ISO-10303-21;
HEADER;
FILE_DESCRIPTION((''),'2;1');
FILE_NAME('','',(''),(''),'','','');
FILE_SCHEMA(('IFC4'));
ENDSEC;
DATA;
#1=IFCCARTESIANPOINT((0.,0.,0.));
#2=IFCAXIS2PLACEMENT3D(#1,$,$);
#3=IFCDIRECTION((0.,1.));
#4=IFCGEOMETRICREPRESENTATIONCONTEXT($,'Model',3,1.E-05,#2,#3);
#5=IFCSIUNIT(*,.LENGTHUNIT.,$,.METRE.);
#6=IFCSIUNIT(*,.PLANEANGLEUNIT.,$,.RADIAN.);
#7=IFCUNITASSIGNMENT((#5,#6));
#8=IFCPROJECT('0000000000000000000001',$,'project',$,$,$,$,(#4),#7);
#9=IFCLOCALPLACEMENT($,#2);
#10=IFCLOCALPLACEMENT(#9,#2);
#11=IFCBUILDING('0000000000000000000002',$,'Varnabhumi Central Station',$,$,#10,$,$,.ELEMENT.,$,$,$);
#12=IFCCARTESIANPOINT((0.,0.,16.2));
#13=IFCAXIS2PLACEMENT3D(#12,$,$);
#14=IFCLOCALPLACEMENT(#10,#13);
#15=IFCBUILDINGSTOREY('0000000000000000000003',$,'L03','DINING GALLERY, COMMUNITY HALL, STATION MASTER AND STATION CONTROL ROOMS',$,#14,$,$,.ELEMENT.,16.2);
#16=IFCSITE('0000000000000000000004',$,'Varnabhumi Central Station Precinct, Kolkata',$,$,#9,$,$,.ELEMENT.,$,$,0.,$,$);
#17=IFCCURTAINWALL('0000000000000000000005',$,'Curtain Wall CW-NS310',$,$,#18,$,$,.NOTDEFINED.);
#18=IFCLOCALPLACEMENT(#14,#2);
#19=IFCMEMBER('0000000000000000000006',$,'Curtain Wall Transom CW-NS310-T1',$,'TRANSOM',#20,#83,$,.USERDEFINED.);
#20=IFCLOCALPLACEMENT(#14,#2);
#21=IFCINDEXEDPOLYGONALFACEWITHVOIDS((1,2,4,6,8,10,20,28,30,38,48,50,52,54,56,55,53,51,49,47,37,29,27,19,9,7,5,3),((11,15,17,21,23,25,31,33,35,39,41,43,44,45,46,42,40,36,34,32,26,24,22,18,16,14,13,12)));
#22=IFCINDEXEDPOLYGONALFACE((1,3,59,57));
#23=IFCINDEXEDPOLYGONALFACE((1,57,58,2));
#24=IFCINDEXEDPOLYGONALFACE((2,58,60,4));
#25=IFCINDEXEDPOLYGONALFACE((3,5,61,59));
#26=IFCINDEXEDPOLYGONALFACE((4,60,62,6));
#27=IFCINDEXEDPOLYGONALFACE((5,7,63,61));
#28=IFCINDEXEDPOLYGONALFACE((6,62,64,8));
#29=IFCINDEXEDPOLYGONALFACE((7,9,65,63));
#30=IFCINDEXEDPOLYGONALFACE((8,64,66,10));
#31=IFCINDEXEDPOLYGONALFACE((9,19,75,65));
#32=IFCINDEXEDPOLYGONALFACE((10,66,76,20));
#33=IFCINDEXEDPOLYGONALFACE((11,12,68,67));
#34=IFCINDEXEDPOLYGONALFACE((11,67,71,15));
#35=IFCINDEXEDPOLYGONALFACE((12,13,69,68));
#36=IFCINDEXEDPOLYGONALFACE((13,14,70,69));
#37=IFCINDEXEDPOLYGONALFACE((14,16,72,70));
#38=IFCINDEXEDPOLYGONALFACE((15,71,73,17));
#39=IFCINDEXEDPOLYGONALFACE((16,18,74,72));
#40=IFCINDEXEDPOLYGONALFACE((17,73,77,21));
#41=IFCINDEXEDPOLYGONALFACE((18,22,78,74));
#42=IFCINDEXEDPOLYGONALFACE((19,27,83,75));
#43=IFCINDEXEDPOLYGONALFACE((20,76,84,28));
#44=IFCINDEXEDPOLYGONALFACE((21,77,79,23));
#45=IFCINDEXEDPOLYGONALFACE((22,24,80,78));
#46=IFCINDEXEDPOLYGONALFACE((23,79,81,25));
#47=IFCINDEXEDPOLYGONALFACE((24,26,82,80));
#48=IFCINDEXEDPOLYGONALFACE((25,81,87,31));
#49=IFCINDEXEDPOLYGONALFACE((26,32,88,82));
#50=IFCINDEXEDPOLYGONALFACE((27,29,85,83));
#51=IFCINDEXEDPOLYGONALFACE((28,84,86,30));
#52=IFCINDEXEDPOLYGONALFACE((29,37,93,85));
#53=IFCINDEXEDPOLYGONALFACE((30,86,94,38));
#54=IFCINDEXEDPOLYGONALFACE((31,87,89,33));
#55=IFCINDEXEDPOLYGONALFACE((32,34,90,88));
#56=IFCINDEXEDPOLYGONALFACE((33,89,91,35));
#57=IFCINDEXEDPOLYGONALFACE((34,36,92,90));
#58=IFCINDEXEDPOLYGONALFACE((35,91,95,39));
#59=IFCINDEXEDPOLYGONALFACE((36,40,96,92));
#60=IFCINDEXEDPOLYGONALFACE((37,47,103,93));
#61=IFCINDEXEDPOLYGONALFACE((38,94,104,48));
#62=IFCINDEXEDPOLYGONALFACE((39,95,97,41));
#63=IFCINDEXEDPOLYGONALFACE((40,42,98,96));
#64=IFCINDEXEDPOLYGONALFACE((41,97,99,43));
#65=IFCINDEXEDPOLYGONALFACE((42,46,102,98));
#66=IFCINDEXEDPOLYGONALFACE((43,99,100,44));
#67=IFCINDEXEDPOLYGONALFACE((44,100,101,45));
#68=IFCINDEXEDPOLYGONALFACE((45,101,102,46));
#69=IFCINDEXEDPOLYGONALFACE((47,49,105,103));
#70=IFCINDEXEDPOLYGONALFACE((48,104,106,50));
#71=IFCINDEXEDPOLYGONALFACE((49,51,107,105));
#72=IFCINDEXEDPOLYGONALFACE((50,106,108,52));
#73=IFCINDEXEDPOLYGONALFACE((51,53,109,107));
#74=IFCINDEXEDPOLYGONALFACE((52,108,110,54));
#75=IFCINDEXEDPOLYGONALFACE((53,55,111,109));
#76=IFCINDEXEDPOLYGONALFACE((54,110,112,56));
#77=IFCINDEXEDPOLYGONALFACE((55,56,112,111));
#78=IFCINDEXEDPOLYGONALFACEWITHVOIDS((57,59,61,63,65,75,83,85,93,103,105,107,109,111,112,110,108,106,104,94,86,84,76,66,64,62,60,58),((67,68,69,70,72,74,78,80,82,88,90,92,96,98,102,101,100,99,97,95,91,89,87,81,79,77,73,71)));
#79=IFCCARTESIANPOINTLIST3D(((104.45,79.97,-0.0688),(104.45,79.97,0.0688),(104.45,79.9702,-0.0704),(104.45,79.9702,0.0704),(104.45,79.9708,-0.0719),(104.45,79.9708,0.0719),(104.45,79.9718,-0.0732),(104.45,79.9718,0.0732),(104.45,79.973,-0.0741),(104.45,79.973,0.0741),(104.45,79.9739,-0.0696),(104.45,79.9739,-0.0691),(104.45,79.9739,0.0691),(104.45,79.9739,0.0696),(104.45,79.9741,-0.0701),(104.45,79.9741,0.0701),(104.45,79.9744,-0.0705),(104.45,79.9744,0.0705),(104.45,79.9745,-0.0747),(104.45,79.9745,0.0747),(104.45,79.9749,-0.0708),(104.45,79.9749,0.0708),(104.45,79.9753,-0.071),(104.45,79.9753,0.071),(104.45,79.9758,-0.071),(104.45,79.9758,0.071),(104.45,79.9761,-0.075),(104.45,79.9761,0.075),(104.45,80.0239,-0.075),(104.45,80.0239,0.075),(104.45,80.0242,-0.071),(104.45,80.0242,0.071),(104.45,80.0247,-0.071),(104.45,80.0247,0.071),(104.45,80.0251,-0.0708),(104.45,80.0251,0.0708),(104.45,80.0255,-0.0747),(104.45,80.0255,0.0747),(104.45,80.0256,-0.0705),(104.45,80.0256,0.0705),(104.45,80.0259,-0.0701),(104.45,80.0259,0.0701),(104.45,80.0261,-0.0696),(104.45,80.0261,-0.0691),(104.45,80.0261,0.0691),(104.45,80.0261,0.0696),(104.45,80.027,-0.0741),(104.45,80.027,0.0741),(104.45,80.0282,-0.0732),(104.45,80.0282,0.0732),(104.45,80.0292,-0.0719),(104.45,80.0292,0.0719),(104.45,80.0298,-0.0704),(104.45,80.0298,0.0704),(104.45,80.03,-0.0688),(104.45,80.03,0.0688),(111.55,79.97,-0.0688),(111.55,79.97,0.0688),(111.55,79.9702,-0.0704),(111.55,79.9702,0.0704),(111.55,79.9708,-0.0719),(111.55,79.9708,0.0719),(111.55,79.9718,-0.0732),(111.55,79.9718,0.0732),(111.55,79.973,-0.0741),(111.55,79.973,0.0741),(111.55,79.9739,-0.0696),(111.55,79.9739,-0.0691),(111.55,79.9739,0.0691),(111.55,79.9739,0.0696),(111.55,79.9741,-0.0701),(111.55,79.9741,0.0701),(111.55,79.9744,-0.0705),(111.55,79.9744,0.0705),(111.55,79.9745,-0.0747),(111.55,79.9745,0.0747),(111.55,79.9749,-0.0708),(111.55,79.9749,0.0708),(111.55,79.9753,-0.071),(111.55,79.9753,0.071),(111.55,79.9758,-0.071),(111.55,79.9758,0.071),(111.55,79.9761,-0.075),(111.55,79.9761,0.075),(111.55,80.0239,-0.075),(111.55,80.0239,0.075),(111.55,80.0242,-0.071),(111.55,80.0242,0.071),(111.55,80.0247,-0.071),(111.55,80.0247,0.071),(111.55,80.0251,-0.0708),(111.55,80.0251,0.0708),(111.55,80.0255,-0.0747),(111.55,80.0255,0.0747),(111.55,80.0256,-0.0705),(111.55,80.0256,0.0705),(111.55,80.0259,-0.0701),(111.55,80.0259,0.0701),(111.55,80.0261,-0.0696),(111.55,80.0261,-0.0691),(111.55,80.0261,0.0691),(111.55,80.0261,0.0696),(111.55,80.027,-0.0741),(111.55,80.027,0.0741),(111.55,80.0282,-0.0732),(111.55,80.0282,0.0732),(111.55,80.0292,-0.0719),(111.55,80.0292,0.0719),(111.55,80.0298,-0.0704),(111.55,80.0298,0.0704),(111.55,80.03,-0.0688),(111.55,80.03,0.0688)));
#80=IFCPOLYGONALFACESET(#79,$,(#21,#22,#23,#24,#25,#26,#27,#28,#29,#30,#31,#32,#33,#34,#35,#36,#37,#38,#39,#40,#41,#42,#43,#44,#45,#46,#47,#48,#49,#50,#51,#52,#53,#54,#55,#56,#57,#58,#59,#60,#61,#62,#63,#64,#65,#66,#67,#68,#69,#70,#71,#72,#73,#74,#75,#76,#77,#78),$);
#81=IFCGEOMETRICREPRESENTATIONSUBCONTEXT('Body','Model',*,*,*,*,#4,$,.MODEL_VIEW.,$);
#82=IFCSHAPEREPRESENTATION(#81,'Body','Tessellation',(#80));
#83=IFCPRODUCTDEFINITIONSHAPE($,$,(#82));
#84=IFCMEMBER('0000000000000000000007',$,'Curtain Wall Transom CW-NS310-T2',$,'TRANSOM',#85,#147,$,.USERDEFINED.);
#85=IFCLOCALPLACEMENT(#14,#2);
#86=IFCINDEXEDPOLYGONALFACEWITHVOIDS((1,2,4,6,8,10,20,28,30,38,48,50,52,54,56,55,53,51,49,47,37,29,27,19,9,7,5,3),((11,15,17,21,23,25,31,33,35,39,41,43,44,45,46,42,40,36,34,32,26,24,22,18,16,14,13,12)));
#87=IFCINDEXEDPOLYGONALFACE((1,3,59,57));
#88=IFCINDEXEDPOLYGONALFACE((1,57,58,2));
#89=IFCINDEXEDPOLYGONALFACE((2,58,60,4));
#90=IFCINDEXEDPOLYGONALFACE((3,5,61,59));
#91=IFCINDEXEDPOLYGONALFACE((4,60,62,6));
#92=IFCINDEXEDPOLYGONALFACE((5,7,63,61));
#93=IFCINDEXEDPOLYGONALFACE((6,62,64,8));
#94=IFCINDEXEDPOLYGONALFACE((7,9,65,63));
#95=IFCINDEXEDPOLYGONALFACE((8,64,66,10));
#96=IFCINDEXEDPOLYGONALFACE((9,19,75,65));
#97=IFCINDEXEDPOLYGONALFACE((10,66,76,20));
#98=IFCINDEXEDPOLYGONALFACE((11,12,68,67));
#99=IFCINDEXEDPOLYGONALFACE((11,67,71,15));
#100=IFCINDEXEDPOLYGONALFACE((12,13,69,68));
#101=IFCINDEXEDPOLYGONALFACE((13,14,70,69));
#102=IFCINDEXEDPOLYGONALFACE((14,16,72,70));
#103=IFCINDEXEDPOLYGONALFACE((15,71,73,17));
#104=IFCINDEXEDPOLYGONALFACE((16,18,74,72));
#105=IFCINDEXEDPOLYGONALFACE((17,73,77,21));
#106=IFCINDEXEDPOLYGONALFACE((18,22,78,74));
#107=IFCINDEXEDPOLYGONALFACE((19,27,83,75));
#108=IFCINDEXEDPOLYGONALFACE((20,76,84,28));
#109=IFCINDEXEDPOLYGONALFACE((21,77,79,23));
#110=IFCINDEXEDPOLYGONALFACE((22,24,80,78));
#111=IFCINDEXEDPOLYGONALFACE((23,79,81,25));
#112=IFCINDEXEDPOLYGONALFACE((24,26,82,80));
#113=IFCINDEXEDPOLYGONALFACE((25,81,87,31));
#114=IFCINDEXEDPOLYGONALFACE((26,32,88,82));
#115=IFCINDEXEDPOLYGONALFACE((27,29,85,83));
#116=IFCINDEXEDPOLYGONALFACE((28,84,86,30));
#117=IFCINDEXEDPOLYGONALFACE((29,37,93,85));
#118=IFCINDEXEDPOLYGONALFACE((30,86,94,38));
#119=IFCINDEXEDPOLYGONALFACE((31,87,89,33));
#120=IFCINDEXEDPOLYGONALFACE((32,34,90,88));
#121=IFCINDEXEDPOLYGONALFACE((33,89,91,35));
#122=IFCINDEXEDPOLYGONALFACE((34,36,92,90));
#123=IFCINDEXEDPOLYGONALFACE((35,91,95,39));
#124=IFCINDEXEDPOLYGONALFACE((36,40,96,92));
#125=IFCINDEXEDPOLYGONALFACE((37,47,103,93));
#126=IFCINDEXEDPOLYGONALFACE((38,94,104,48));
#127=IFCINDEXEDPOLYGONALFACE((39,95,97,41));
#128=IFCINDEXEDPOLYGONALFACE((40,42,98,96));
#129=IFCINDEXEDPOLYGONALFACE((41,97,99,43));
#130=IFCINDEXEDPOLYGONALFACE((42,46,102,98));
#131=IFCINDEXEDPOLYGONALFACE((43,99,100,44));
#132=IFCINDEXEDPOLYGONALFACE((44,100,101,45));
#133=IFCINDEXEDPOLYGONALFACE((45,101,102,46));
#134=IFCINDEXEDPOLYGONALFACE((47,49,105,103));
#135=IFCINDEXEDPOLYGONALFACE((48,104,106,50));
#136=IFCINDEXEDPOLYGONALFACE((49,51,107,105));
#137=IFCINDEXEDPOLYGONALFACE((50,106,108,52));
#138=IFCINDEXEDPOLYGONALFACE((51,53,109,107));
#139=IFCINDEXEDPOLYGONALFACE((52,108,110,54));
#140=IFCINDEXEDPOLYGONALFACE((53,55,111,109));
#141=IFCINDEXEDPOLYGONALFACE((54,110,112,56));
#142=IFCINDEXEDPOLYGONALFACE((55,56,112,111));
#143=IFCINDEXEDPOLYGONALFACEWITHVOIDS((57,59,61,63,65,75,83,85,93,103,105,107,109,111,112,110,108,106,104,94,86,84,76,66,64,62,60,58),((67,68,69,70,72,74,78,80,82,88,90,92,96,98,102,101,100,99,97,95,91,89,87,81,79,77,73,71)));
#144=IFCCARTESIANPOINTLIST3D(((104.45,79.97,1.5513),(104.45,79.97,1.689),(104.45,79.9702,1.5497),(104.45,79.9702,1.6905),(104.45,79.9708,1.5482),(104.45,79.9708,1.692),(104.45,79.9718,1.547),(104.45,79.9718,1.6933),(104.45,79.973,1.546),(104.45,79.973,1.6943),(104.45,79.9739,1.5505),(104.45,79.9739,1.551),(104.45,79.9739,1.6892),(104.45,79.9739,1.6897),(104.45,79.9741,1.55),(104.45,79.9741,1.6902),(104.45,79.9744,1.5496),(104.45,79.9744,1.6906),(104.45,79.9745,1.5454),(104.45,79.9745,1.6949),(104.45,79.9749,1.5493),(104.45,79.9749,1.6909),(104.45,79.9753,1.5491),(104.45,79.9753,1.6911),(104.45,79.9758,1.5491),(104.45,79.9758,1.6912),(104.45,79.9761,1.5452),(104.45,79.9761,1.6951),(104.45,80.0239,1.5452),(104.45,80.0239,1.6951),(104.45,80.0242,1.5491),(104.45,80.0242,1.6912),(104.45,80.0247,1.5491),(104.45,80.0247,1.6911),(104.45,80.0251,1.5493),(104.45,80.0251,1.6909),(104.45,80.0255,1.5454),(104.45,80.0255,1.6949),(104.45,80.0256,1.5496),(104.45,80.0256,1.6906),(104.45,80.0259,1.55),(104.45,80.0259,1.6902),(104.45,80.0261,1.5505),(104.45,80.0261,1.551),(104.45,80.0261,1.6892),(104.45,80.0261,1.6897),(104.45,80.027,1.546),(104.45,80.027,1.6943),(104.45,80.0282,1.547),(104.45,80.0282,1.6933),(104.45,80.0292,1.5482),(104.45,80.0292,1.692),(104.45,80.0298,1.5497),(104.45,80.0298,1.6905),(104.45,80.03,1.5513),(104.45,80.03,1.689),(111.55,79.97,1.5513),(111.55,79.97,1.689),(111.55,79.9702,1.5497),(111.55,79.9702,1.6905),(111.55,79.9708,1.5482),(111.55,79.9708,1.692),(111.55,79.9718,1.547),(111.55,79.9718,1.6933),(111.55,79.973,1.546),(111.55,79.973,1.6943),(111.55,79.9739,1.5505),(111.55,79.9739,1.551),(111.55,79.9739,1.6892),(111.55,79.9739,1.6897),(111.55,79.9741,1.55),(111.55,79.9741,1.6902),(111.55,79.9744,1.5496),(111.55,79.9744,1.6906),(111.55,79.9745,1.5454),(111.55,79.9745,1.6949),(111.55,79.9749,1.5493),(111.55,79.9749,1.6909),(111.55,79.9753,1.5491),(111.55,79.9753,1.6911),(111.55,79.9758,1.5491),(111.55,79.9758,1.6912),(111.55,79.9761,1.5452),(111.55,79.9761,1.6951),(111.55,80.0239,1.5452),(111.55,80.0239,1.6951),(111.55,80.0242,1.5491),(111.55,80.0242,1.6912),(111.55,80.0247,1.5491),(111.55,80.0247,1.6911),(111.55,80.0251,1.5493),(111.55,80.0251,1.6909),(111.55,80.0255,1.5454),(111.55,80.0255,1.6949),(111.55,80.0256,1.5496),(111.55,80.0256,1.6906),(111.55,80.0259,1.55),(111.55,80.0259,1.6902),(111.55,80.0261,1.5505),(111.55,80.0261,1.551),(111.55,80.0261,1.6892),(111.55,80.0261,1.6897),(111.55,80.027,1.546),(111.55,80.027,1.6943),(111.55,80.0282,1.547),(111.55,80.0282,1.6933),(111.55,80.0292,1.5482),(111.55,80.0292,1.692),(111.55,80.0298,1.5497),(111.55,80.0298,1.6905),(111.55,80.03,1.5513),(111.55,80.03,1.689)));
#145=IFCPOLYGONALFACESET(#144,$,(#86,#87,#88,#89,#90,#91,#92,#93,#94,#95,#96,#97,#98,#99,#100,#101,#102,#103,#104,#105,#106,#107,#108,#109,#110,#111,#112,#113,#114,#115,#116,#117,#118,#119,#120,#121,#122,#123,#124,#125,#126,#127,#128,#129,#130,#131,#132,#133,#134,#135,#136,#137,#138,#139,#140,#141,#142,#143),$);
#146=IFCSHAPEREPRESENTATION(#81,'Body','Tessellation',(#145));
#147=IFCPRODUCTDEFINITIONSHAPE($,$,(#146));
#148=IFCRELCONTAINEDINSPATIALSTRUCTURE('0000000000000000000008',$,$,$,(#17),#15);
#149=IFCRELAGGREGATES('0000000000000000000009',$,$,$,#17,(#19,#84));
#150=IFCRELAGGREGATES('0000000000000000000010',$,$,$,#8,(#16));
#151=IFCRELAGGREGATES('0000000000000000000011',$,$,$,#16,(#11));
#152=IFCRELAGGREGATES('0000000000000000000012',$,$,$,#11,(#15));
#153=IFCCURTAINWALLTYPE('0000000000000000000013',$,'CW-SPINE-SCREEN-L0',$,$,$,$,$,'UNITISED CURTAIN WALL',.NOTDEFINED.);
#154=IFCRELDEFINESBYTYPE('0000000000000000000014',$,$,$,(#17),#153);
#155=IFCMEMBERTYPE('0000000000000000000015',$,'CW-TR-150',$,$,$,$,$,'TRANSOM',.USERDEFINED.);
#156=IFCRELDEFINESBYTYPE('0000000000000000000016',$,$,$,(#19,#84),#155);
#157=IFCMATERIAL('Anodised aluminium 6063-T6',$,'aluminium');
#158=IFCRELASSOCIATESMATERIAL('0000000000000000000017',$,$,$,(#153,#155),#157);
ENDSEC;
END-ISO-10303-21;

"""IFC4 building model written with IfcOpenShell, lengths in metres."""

from ifc_helpers import new_model, si_unit, direction, frame, origin, origin_2d, place, context, subcontext, project, spatial, hollow_rectangle, extrude, material, material_profile, profile_set, type_object, element, aggregate, save


model = new_model("IFC4")

# Units and contexts
model_context = context("Model", 3, precision=1e-05, world=origin(), true_north=direction((0.0, 1.0)))
body_context = subcontext(model_context, "Body", "Model", "MODEL_VIEW")
ifc_project = project(units=[si_unit("LENGTHUNIT", "METRE"), si_unit("PLANEANGLEUNIT", "RADIAN")], contexts=[model_context])

# Site, building, storey
site_placement = place(None, origin())
site = spatial("IfcSite", under=ifc_project, at=site_placement, Name="Varnabhumi Central Station Precinct, Kolkata", CompositionType="ELEMENT", RefElevation=0.0)
building_placement = place(site_placement, origin())
building = spatial("IfcBuilding", under=site, at=building_placement, Name="Varnabhumi Central Station", CompositionType="ELEMENT")
storey_placement = place(building_placement, frame((0.0, 0.0, 16.2)))
storey = spatial("IfcBuildingStorey", under=building, at=storey_placement, Name="L03", Description="DINING GALLERY, COMMUNITY HALL, STATION MASTER AND STATION CONTROL ROOMS", CompositionType="ELEMENT", Elevation=16.2)

# Curtain wall, members
ifc_material_1 = material(Name="Anodised aluminium 6063-T6", Category="aluminium")
curtain_wall_type = type_object("IfcCurtainWallType", Name="CW-SPINE-SCREEN-L0", ElementType="UNITISED CURTAIN WALL", PredefinedType="NOTDEFINED", material=ifc_material_1)
curtain_wall_placement = place(storey_placement, origin())
curtain_wall = element("IfcCurtainWall", 1, at=curtain_wall_placement, inside=storey, type_object=curtain_wall_type, Name="Curtain Wall CW-NS310", PredefinedType="NOTDEFINED")
ifc_material_profile_1 = material_profile(ifc_material_1, hollow_rectangle(XDim=0.0601, YDim=0.1499, WallThickness=0.0039, InnerFilletRadius=0.002, OuterFilletRadius=0.0061, at=origin_2d()), Name="Anodised aluminium 6063-T6", Category="aluminium")
ifc_profile_set_1 = profile_set([ifc_material_profile_1], Name="Anodised aluminium 6063-T6")
member_type_1 = type_object("IfcMemberType", Name="CW-TR-150", ElementType="TRANSOM", PredefinedType="USERDEFINED", material=ifc_profile_set_1)
member_1_placement = place(storey_placement, frame((104.45, 80.0, 0.0), z_axis=(1.0, 0.0, 0.0), x_axis=(0.0, 1.0, 0.0)))
member_1 = element("IfcMember", 2, at=member_1_placement, type_object=member_type_1, Name="Curtain Wall Transom CW-NS310-T1", ObjectType="TRANSOM", PredefinedType="USERDEFINED", context=body_context, shape_type="SweptSolid", body=[
    extrude(hollow_rectangle(XDim=0.0601, YDim=0.1499, WallThickness=0.0039, InnerFilletRadius=0.002, OuterFilletRadius=0.0061, at=origin_2d()), origin(), (0.0, 0.0, 1.0), 7.1001),
])
member_2_placement = place(storey_placement, frame((104.45, 80.0, 1.6201), z_axis=(1.0, 0.0, 0.0), x_axis=(0.0, 1.0, 0.0)))
member_2 = element("IfcMember", 3, at=member_2_placement, type_object=member_type_1, Name="Curtain Wall Transom CW-NS310-T2", ObjectType="TRANSOM", PredefinedType="USERDEFINED", context=body_context, shape_type="SweptSolid", body=[
    extrude(hollow_rectangle(XDim=0.0601, YDim=0.1499, WallThickness=0.0039, InnerFilletRadius=0.002, OuterFilletRadius=0.0061, at=origin_2d()), origin(), (0.0, 0.0, 1.0), 7.1001),
])

aggregate(curtain_wall, [member_1, member_2])

save(model, "model.ifc")
